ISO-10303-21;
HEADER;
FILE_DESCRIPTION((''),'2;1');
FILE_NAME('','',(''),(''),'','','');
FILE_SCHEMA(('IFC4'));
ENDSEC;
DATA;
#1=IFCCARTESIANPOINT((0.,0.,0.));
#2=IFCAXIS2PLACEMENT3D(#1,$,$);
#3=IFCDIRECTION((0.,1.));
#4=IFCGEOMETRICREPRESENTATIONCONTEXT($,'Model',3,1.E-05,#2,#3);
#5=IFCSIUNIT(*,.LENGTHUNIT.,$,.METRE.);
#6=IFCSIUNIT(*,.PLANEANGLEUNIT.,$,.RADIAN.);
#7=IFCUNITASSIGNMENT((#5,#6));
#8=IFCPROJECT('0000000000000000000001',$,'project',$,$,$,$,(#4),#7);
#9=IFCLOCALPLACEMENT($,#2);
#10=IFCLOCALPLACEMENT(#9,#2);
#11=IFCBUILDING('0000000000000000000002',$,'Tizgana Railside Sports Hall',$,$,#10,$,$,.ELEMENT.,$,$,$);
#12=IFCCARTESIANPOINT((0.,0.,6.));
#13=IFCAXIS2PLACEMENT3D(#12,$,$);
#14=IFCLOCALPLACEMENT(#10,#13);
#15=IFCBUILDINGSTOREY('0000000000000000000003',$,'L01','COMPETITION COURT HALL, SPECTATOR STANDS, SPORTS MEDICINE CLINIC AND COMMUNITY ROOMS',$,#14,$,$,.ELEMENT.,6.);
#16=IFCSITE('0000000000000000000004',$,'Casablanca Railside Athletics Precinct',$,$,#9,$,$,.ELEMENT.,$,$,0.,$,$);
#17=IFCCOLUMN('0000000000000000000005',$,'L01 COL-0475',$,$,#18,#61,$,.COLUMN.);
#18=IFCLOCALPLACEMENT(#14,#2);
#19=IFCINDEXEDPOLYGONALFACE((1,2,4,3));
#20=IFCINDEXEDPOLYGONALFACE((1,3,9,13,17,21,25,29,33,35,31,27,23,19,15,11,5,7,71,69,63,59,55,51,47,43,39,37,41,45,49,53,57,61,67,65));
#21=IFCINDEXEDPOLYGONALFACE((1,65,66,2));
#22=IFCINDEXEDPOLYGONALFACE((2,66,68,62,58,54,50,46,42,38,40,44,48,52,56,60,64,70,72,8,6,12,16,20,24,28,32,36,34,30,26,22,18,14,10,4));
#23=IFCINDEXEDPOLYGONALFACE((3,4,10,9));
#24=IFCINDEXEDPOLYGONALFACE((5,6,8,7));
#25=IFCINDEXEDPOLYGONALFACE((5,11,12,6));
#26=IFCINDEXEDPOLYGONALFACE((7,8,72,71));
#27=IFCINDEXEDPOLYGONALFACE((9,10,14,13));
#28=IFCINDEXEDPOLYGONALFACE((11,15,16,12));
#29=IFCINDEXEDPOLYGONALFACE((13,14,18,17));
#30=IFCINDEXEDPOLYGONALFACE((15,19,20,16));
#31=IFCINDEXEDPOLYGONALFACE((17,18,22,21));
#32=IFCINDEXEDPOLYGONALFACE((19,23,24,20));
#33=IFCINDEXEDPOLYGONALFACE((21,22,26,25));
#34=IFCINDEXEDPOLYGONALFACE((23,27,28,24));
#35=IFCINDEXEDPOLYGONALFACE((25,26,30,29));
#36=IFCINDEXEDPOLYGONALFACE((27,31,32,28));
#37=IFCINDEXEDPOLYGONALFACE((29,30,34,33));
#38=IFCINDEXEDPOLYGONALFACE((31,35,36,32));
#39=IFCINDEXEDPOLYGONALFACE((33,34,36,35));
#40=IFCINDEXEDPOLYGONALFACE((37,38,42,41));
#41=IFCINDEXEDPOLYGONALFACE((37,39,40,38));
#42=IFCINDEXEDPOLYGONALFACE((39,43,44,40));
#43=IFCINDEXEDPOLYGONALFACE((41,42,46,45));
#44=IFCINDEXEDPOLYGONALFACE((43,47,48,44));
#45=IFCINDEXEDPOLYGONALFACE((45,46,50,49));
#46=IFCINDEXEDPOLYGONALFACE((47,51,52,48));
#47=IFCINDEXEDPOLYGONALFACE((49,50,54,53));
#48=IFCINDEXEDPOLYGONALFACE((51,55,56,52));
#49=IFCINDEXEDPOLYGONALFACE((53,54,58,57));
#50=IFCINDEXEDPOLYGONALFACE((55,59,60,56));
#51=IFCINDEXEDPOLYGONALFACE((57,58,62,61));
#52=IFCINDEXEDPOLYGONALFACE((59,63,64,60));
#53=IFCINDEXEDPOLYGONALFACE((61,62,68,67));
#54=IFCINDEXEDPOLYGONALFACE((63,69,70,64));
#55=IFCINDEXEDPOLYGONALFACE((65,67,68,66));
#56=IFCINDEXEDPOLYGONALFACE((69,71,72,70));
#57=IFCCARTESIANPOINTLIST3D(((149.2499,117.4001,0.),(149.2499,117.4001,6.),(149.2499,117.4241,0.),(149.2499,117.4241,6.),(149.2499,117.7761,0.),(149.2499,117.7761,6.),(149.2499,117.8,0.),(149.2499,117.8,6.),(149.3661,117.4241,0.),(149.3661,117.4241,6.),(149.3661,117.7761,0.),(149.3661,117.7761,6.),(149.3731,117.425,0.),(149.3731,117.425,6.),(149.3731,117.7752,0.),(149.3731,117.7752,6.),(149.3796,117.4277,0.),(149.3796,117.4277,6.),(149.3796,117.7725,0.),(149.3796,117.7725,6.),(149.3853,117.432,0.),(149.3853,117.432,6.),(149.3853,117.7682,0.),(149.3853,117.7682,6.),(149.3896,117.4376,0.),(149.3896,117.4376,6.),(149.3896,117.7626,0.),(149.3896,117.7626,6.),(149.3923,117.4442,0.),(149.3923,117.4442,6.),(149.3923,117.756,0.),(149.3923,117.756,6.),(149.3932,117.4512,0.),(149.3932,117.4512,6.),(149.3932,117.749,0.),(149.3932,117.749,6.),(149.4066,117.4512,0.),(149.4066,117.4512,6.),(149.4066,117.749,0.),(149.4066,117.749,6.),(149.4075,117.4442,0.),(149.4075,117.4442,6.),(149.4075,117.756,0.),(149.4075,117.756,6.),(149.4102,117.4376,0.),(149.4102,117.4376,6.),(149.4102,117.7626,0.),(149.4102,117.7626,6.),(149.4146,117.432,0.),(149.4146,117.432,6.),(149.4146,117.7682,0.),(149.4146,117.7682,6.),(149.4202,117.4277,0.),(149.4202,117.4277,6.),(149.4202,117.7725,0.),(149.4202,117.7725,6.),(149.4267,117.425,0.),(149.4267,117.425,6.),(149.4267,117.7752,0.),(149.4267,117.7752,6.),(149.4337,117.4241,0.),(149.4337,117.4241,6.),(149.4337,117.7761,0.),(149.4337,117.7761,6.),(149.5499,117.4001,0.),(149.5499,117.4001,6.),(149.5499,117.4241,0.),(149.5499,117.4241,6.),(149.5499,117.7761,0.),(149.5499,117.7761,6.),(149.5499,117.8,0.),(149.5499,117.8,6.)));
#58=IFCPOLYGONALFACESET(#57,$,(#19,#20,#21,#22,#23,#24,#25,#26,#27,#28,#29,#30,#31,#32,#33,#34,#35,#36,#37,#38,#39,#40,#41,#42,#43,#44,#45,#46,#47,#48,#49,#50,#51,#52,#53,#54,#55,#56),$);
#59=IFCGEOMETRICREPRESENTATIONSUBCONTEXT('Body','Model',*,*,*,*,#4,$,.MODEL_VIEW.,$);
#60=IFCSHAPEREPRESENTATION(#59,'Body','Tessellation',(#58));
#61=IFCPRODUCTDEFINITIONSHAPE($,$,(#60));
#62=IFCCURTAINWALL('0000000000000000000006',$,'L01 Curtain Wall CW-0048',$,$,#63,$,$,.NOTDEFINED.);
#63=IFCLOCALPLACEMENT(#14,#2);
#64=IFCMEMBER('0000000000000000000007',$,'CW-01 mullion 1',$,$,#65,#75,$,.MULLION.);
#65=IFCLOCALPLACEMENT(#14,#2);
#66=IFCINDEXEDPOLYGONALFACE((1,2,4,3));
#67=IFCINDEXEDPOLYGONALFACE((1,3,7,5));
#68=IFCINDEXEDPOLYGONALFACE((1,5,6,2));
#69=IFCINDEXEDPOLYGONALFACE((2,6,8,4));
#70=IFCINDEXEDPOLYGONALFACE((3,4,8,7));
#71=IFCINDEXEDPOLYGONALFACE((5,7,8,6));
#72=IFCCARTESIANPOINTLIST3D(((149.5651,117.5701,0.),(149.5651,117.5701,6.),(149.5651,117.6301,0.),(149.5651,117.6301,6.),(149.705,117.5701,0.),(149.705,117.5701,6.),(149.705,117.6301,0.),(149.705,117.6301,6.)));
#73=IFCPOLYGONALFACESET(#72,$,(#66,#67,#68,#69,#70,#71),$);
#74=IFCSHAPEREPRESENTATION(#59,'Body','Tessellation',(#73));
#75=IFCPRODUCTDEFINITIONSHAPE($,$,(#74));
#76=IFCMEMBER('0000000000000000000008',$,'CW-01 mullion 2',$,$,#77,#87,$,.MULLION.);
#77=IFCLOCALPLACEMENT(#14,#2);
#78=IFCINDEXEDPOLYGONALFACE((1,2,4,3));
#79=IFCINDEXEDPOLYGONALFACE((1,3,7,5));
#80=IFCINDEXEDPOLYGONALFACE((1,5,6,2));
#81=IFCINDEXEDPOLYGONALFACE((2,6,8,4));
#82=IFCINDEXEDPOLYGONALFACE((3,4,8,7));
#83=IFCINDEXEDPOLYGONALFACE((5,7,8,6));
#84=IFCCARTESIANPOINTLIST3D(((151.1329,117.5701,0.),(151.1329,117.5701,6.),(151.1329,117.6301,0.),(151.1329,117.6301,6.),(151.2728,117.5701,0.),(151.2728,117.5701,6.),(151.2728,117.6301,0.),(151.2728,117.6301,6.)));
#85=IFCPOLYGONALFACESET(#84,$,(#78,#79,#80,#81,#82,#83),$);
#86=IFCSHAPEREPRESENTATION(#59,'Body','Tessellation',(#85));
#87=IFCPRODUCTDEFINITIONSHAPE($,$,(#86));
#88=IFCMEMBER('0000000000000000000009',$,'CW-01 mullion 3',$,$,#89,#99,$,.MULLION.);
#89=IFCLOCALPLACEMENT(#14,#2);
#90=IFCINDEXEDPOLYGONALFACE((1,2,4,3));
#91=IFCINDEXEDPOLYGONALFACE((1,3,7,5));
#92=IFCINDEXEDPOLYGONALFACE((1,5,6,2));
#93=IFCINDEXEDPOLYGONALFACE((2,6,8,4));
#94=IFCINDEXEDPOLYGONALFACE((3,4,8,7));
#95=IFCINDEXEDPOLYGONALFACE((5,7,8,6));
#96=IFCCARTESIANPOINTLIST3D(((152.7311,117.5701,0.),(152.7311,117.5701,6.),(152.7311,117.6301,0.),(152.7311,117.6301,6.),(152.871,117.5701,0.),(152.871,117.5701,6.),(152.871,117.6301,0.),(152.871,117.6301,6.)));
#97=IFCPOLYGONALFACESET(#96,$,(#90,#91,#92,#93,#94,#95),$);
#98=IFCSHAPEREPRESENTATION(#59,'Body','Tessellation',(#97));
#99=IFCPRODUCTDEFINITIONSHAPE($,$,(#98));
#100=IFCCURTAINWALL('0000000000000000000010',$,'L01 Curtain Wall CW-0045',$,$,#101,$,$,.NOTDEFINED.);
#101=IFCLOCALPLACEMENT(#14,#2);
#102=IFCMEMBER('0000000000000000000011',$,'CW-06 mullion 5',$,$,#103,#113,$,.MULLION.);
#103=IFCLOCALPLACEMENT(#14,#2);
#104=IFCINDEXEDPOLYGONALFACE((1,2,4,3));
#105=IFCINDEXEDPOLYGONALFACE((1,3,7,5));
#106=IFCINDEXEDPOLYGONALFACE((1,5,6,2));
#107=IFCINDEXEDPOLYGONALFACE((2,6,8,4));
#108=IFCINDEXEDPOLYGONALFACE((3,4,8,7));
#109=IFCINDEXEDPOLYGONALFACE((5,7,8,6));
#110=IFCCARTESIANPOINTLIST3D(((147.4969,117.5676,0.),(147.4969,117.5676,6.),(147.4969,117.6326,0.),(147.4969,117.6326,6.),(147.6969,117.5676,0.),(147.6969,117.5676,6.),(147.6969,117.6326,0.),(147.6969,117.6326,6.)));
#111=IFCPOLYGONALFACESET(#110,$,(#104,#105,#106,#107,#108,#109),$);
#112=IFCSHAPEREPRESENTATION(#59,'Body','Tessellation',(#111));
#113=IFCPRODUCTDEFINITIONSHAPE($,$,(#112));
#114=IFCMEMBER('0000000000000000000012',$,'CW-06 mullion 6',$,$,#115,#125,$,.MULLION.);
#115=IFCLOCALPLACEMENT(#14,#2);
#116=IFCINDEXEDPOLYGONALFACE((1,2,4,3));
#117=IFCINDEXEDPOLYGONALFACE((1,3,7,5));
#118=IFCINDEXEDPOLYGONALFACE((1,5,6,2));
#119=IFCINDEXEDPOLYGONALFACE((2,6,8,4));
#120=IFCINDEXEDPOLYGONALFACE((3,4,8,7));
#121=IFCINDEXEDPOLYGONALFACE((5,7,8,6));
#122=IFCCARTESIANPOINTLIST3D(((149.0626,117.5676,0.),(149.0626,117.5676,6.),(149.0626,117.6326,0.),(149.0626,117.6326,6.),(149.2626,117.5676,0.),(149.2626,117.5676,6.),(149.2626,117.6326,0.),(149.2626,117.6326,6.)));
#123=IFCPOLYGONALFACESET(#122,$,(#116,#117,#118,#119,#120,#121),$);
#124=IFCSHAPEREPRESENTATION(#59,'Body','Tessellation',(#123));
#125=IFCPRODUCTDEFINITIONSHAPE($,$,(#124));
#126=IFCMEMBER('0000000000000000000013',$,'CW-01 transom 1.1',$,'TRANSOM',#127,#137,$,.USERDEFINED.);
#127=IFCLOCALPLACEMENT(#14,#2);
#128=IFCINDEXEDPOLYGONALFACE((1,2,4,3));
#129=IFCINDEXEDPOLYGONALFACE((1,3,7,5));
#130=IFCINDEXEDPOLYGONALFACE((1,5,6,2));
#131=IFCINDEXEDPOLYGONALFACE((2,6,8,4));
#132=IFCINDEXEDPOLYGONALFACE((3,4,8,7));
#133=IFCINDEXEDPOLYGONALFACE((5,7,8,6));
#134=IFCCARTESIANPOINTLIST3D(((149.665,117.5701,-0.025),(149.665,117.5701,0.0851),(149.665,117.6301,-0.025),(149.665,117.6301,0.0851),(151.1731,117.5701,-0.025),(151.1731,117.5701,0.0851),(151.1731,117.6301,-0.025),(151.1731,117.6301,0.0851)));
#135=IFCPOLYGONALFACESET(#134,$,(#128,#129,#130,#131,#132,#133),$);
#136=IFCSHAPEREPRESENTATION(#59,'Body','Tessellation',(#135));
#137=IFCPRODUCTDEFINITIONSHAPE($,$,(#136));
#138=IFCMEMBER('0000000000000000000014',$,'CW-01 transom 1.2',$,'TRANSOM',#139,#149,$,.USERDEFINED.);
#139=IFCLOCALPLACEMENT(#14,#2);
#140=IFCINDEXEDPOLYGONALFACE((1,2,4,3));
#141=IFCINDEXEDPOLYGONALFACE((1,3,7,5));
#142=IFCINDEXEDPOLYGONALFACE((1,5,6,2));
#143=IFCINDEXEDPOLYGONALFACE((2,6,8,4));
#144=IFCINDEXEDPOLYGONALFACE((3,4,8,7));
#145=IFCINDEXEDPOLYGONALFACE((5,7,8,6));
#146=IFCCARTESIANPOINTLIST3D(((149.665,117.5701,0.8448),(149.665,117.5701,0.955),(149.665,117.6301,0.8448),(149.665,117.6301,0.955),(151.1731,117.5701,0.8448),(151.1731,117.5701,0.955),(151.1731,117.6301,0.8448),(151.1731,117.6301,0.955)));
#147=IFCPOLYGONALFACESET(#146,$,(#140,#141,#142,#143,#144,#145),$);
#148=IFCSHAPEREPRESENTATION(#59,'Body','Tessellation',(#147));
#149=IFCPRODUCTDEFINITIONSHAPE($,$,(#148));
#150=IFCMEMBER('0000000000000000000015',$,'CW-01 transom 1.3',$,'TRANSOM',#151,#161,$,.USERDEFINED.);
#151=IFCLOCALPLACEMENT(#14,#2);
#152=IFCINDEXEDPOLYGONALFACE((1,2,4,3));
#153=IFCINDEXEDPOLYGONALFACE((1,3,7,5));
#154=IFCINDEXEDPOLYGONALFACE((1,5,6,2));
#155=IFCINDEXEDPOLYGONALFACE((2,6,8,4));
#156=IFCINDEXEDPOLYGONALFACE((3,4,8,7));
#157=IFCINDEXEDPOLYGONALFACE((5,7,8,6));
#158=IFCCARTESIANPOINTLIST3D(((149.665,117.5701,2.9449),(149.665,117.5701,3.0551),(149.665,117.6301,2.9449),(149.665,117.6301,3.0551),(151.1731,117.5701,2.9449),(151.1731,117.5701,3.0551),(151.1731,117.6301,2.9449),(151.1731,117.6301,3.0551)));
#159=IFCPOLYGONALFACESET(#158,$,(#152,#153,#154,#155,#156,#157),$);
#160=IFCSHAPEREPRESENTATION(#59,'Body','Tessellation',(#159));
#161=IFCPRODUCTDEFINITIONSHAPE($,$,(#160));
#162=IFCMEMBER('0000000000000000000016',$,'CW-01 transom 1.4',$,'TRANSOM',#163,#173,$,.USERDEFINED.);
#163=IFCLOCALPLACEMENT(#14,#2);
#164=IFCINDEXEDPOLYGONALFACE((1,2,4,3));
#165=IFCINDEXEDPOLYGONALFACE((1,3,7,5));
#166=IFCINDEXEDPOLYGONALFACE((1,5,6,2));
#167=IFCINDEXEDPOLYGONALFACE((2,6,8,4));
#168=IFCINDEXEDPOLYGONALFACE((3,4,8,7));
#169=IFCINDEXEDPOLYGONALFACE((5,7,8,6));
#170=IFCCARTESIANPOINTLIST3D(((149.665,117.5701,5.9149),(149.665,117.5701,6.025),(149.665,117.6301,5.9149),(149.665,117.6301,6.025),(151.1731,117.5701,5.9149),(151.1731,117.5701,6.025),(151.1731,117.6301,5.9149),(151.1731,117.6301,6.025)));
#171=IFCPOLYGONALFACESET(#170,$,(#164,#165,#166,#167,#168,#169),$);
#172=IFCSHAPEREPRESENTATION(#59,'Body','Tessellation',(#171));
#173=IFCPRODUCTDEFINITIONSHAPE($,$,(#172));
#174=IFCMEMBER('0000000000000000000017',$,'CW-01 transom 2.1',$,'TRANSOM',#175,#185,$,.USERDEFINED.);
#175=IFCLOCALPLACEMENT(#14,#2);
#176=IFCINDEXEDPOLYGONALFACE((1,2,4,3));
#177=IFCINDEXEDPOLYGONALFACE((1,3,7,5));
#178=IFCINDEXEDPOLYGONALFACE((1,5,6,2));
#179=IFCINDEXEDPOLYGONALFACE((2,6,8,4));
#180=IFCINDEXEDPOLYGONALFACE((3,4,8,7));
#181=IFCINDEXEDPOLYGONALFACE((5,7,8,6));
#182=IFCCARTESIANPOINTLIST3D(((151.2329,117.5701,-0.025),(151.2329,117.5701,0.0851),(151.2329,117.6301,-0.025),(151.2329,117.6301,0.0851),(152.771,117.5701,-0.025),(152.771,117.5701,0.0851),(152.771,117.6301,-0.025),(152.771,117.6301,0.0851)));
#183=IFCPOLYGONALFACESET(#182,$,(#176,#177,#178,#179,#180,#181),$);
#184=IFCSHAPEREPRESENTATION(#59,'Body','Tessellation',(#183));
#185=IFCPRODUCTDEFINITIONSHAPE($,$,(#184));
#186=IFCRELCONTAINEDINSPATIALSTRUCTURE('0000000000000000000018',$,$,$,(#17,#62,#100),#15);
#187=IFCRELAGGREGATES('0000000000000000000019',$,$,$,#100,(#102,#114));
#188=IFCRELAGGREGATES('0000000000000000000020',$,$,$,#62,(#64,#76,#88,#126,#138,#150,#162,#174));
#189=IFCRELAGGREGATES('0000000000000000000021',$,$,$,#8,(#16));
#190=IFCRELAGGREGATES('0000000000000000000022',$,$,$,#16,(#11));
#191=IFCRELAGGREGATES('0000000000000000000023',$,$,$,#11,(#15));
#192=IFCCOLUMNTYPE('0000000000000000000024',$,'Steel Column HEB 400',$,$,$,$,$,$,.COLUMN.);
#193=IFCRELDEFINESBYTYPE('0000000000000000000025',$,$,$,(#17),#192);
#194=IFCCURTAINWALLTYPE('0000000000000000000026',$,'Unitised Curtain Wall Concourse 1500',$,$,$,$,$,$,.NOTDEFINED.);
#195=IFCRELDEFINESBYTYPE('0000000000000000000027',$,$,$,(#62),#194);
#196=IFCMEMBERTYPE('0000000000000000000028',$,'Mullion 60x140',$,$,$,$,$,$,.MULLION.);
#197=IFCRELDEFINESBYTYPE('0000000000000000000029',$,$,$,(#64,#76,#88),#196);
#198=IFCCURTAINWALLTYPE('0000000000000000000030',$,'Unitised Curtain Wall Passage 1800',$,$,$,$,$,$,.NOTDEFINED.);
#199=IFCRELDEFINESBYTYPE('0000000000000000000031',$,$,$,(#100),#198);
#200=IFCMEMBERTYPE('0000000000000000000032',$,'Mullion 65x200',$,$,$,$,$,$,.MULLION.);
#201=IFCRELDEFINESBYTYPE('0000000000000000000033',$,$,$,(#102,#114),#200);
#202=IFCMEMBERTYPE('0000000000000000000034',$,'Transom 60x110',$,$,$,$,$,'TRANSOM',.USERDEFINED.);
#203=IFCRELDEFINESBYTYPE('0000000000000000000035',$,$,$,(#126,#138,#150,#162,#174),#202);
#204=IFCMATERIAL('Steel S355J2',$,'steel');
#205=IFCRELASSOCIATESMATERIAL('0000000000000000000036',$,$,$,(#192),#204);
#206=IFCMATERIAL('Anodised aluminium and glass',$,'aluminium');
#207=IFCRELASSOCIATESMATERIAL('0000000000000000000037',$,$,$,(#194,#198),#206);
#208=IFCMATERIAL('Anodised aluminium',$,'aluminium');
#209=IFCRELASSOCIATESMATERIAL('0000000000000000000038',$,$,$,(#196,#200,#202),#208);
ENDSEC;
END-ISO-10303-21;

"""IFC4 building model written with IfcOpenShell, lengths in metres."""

from ifc_helpers import new_model, si_unit, direction, frame, origin, origin_2d, place, context, subcontext, project, spatial, rectangle, i_section, extrude, material, material_profile, profile_set, type_object, element, aggregate, save


model = new_model("IFC4")

# Units and contexts
model_context = context("Model", 3, precision=1e-05, world=origin(), true_north=direction((0.0, 1.0)))
body_context = subcontext(model_context, "Body", "Model", "MODEL_VIEW")
ifc_project = project(units=[si_unit("LENGTHUNIT", "METRE"), si_unit("PLANEANGLEUNIT", "RADIAN")], contexts=[model_context])

# Site, building, storey
site_placement = place(None, origin())
site = spatial("IfcSite", under=ifc_project, at=site_placement, Name="Casablanca Railside Athletics Precinct", CompositionType="ELEMENT", RefElevation=0.0)
building_placement = place(site_placement, origin())
building = spatial("IfcBuilding", under=site, at=building_placement, Name="Tizgana Railside Sports Hall", CompositionType="ELEMENT")
storey_placement = place(building_placement, frame((0.0, 0.0, 6.0)))
storey = spatial("IfcBuildingStorey", under=building, at=storey_placement, Name="L01", Description="COMPETITION COURT HALL, SPECTATOR STANDS, SPORTS MEDICINE CLINIC AND COMMUNITY ROOMS", CompositionType="ELEMENT", Elevation=6.0)

# Column
ifc_material_1 = material(Name="Steel S355J2", Category="steel")
ifc_material_profile_1 = material_profile(ifc_material_1, i_section(OverallWidth=0.3, OverallDepth=0.3999, WebThickness=0.0134, FlangeThickness=0.0239, FilletRadius=0.0271, at=origin_2d()), Name="HEB 400")
ifc_profile_set_1 = profile_set([ifc_material_profile_1], Name="Steel S355J2")
column_type = type_object("IfcColumnType", Name="Steel Column HEB 400", PredefinedType="COLUMN", material=ifc_profile_set_1)
column_placement = place(storey_placement, frame((149.3999, 117.6001, 0.0), z_axis=(0.0, 0.0, 1.0), x_axis=(1.0, 0.0, 0.0)))
element("IfcColumn", 1, at=column_placement, inside=storey, type_object=column_type, Name="L01 COL-0475", PredefinedType="COLUMN", context=body_context, shape_type="SweptSolid", body=[
    extrude(i_section(OverallWidth=0.3, OverallDepth=0.3999, WebThickness=0.0134, FlangeThickness=0.0239, FilletRadius=0.0271, at=origin_2d()), origin(), (0.0, 0.0, 1.0), 6.0),
])

# Curtain walls, members
ifc_material_2 = material(Name="Anodised aluminium and glass", Category="aluminium")
curtain_wall_type_1 = type_object("IfcCurtainWallType", Name="Unitised Curtain Wall Concourse 1500", PredefinedType="NOTDEFINED", material=ifc_material_2)
curtain_wall_1_placement = place(storey_placement, origin())
curtain_wall_1 = element("IfcCurtainWall", 2, at=curtain_wall_1_placement, inside=storey, type_object=curtain_wall_type_1, Name="L01 Curtain Wall CW-0048", PredefinedType="NOTDEFINED")
ifc_material_3 = material(Name="Anodised aluminium", Category="aluminium")
ifc_material_profile_2 = material_profile(ifc_material_3, rectangle(XDim=0.0601, YDim=0.1399, at=origin_2d()), Name="Mullion 60x140")
ifc_profile_set_2 = profile_set([ifc_material_profile_2], Name="Anodised aluminium")
member_type_1 = type_object("IfcMemberType", Name="Mullion 60x140", PredefinedType="MULLION", material=ifc_profile_set_2)
member_1_placement = place(storey_placement, frame((149.635, 117.6001, 0.0), z_axis=(0.0, 0.0, 1.0), x_axis=(0.0, 1.0, 0.0)))
member_1 = element("IfcMember", 3, at=member_1_placement, type_object=member_type_1, Name="CW-01 mullion 1", PredefinedType="MULLION", context=body_context, shape_type="SweptSolid", body=[
    extrude(rectangle(XDim=0.0601, YDim=0.1399, at=origin_2d()), origin(), (0.0, 0.0, 1.0), 6.0),
])
member_2_placement = place(storey_placement, frame((151.2029, 117.6001, 0.0), z_axis=(0.0, 0.0, 1.0), x_axis=(0.0, 1.0, 0.0)))
member_2 = element("IfcMember", 4, at=member_2_placement, type_object=member_type_1, Name="CW-01 mullion 2", PredefinedType="MULLION", context=body_context, shape_type="SweptSolid", body=[
    extrude(rectangle(XDim=0.0601, YDim=0.1399, at=origin_2d()), origin(), (0.0, 0.0, 1.0), 6.0),
])
member_3_placement = place(storey_placement, frame((152.801, 117.6001, 0.0), z_axis=(0.0, 0.0, 1.0), x_axis=(0.0, 1.0, 0.0)))
member_3 = element("IfcMember", 5, at=member_3_placement, type_object=member_type_1, Name="CW-01 mullion 3", PredefinedType="MULLION", context=body_context, shape_type="SweptSolid", body=[
    extrude(rectangle(XDim=0.0601, YDim=0.1399, at=origin_2d()), origin(), (0.0, 0.0, 1.0), 6.0),
])
curtain_wall_type_2 = type_object("IfcCurtainWallType", Name="Unitised Curtain Wall Passage 1800", PredefinedType="NOTDEFINED", material=ifc_material_2)
curtain_wall_2_placement = place(storey_placement, origin())
curtain_wall_2 = element("IfcCurtainWall", 6, at=curtain_wall_2_placement, inside=storey, type_object=curtain_wall_type_2, Name="L01 Curtain Wall CW-0045", PredefinedType="NOTDEFINED")
ifc_material_profile_3 = material_profile(ifc_material_3, rectangle(XDim=0.0649, YDim=0.2, at=origin_2d()), Name="Mullion 65x200")
ifc_profile_set_3 = profile_set([ifc_material_profile_3], Name="Anodised aluminium")
member_type_2 = type_object("IfcMemberType", Name="Mullion 65x200", PredefinedType="MULLION", material=ifc_profile_set_3)
member_4_placement = place(storey_placement, frame((147.5969, 117.6001, 0.0), z_axis=(0.0, 0.0, 1.0), x_axis=(0.0, 1.0, 0.0)))
member_4 = element("IfcMember", 7, at=member_4_placement, type_object=member_type_2, Name="CW-06 mullion 5", PredefinedType="MULLION", context=body_context, shape_type="SweptSolid", body=[
    extrude(rectangle(XDim=0.0649, YDim=0.2, at=origin_2d()), origin(), (0.0, 0.0, 1.0), 6.0),
])
member_5_placement = place(storey_placement, frame((149.1626, 117.6001, 0.0), z_axis=(0.0, 0.0, 1.0), x_axis=(0.0, 1.0, 0.0)))
member_5 = element("IfcMember", 8, at=member_5_placement, type_object=member_type_2, Name="CW-06 mullion 6", PredefinedType="MULLION", context=body_context, shape_type="SweptSolid", body=[
    extrude(rectangle(XDim=0.0649, YDim=0.2, at=origin_2d()), origin(), (0.0, 0.0, 1.0), 6.0),
])

# Members
ifc_material_profile_4 = material_profile(ifc_material_3, rectangle(XDim=0.0601, YDim=0.1101, at=origin_2d()), Name="Transom 60x110")
ifc_profile_set_4 = profile_set([ifc_material_profile_4], Name="Anodised aluminium")
member_type_3 = type_object("IfcMemberType", Name="Transom 60x110", ElementType="TRANSOM", PredefinedType="USERDEFINED", material=ifc_profile_set_4)
member_6_placement = place(storey_placement, frame((149.665, 117.6001, 0.03), z_axis=(1.0, 0.0, 0.0), x_axis=(0.0, 1.0, 0.0)))
member_6 = element("IfcMember", 9, at=member_6_placement, type_object=member_type_3, Name="CW-01 transom 1.1", ObjectType="TRANSOM", PredefinedType="USERDEFINED", context=body_context, shape_type="SweptSolid", body=[
    extrude(rectangle(XDim=0.0601, YDim=0.1101, at=origin_2d()), origin(), (0.0, 0.0, 1.0), 1.5081),
])
member_7_placement = place(storey_placement, frame((149.665, 117.6001, 0.8999), z_axis=(1.0, 0.0, 0.0), x_axis=(0.0, 1.0, 0.0)))
member_7 = element("IfcMember", 10, at=member_7_placement, type_object=member_type_3, Name="CW-01 transom 1.2", ObjectType="TRANSOM", PredefinedType="USERDEFINED", context=body_context, shape_type="SweptSolid", body=[
    extrude(rectangle(XDim=0.0601, YDim=0.1101, at=origin_2d()), origin(), (0.0, 0.0, 1.0), 1.5081),
])
member_8_placement = place(storey_placement, frame((149.665, 117.6001, 3.0), z_axis=(1.0, 0.0, 0.0), x_axis=(0.0, 1.0, 0.0)))
member_8 = element("IfcMember", 11, at=member_8_placement, type_object=member_type_3, Name="CW-01 transom 1.3", ObjectType="TRANSOM", PredefinedType="USERDEFINED", context=body_context, shape_type="SweptSolid", body=[
    extrude(rectangle(XDim=0.0601, YDim=0.1101, at=origin_2d()), origin(), (0.0, 0.0, 1.0), 1.5081),
])
member_9_placement = place(storey_placement, frame((149.665, 117.6001, 5.97), z_axis=(1.0, 0.0, 0.0), x_axis=(0.0, 1.0, 0.0)))
member_9 = element("IfcMember", 12, at=member_9_placement, type_object=member_type_3, Name="CW-01 transom 1.4", ObjectType="TRANSOM", PredefinedType="USERDEFINED", context=body_context, shape_type="SweptSolid", body=[
    extrude(rectangle(XDim=0.0601, YDim=0.1101, at=origin_2d()), origin(), (0.0, 0.0, 1.0), 1.5081),
])
member_10_placement = place(storey_placement, frame((151.2329, 117.6001, 0.03), z_axis=(1.0, 0.0, 0.0), x_axis=(0.0, 1.0, 0.0)))
member_10 = element("IfcMember", 13, at=member_10_placement, type_object=member_type_3, Name="CW-01 transom 2.1", ObjectType="TRANSOM", PredefinedType="USERDEFINED", context=body_context, shape_type="SweptSolid", body=[
    extrude(rectangle(XDim=0.0601, YDim=0.1101, at=origin_2d()), origin(), (0.0, 0.0, 1.0), 1.5381),
])

aggregate(curtain_wall_2, [member_4, member_5])
aggregate(curtain_wall_1, [member_1, member_2, member_3, member_6, member_7, member_8, member_9, member_10])

save(model, "model.ifc")
